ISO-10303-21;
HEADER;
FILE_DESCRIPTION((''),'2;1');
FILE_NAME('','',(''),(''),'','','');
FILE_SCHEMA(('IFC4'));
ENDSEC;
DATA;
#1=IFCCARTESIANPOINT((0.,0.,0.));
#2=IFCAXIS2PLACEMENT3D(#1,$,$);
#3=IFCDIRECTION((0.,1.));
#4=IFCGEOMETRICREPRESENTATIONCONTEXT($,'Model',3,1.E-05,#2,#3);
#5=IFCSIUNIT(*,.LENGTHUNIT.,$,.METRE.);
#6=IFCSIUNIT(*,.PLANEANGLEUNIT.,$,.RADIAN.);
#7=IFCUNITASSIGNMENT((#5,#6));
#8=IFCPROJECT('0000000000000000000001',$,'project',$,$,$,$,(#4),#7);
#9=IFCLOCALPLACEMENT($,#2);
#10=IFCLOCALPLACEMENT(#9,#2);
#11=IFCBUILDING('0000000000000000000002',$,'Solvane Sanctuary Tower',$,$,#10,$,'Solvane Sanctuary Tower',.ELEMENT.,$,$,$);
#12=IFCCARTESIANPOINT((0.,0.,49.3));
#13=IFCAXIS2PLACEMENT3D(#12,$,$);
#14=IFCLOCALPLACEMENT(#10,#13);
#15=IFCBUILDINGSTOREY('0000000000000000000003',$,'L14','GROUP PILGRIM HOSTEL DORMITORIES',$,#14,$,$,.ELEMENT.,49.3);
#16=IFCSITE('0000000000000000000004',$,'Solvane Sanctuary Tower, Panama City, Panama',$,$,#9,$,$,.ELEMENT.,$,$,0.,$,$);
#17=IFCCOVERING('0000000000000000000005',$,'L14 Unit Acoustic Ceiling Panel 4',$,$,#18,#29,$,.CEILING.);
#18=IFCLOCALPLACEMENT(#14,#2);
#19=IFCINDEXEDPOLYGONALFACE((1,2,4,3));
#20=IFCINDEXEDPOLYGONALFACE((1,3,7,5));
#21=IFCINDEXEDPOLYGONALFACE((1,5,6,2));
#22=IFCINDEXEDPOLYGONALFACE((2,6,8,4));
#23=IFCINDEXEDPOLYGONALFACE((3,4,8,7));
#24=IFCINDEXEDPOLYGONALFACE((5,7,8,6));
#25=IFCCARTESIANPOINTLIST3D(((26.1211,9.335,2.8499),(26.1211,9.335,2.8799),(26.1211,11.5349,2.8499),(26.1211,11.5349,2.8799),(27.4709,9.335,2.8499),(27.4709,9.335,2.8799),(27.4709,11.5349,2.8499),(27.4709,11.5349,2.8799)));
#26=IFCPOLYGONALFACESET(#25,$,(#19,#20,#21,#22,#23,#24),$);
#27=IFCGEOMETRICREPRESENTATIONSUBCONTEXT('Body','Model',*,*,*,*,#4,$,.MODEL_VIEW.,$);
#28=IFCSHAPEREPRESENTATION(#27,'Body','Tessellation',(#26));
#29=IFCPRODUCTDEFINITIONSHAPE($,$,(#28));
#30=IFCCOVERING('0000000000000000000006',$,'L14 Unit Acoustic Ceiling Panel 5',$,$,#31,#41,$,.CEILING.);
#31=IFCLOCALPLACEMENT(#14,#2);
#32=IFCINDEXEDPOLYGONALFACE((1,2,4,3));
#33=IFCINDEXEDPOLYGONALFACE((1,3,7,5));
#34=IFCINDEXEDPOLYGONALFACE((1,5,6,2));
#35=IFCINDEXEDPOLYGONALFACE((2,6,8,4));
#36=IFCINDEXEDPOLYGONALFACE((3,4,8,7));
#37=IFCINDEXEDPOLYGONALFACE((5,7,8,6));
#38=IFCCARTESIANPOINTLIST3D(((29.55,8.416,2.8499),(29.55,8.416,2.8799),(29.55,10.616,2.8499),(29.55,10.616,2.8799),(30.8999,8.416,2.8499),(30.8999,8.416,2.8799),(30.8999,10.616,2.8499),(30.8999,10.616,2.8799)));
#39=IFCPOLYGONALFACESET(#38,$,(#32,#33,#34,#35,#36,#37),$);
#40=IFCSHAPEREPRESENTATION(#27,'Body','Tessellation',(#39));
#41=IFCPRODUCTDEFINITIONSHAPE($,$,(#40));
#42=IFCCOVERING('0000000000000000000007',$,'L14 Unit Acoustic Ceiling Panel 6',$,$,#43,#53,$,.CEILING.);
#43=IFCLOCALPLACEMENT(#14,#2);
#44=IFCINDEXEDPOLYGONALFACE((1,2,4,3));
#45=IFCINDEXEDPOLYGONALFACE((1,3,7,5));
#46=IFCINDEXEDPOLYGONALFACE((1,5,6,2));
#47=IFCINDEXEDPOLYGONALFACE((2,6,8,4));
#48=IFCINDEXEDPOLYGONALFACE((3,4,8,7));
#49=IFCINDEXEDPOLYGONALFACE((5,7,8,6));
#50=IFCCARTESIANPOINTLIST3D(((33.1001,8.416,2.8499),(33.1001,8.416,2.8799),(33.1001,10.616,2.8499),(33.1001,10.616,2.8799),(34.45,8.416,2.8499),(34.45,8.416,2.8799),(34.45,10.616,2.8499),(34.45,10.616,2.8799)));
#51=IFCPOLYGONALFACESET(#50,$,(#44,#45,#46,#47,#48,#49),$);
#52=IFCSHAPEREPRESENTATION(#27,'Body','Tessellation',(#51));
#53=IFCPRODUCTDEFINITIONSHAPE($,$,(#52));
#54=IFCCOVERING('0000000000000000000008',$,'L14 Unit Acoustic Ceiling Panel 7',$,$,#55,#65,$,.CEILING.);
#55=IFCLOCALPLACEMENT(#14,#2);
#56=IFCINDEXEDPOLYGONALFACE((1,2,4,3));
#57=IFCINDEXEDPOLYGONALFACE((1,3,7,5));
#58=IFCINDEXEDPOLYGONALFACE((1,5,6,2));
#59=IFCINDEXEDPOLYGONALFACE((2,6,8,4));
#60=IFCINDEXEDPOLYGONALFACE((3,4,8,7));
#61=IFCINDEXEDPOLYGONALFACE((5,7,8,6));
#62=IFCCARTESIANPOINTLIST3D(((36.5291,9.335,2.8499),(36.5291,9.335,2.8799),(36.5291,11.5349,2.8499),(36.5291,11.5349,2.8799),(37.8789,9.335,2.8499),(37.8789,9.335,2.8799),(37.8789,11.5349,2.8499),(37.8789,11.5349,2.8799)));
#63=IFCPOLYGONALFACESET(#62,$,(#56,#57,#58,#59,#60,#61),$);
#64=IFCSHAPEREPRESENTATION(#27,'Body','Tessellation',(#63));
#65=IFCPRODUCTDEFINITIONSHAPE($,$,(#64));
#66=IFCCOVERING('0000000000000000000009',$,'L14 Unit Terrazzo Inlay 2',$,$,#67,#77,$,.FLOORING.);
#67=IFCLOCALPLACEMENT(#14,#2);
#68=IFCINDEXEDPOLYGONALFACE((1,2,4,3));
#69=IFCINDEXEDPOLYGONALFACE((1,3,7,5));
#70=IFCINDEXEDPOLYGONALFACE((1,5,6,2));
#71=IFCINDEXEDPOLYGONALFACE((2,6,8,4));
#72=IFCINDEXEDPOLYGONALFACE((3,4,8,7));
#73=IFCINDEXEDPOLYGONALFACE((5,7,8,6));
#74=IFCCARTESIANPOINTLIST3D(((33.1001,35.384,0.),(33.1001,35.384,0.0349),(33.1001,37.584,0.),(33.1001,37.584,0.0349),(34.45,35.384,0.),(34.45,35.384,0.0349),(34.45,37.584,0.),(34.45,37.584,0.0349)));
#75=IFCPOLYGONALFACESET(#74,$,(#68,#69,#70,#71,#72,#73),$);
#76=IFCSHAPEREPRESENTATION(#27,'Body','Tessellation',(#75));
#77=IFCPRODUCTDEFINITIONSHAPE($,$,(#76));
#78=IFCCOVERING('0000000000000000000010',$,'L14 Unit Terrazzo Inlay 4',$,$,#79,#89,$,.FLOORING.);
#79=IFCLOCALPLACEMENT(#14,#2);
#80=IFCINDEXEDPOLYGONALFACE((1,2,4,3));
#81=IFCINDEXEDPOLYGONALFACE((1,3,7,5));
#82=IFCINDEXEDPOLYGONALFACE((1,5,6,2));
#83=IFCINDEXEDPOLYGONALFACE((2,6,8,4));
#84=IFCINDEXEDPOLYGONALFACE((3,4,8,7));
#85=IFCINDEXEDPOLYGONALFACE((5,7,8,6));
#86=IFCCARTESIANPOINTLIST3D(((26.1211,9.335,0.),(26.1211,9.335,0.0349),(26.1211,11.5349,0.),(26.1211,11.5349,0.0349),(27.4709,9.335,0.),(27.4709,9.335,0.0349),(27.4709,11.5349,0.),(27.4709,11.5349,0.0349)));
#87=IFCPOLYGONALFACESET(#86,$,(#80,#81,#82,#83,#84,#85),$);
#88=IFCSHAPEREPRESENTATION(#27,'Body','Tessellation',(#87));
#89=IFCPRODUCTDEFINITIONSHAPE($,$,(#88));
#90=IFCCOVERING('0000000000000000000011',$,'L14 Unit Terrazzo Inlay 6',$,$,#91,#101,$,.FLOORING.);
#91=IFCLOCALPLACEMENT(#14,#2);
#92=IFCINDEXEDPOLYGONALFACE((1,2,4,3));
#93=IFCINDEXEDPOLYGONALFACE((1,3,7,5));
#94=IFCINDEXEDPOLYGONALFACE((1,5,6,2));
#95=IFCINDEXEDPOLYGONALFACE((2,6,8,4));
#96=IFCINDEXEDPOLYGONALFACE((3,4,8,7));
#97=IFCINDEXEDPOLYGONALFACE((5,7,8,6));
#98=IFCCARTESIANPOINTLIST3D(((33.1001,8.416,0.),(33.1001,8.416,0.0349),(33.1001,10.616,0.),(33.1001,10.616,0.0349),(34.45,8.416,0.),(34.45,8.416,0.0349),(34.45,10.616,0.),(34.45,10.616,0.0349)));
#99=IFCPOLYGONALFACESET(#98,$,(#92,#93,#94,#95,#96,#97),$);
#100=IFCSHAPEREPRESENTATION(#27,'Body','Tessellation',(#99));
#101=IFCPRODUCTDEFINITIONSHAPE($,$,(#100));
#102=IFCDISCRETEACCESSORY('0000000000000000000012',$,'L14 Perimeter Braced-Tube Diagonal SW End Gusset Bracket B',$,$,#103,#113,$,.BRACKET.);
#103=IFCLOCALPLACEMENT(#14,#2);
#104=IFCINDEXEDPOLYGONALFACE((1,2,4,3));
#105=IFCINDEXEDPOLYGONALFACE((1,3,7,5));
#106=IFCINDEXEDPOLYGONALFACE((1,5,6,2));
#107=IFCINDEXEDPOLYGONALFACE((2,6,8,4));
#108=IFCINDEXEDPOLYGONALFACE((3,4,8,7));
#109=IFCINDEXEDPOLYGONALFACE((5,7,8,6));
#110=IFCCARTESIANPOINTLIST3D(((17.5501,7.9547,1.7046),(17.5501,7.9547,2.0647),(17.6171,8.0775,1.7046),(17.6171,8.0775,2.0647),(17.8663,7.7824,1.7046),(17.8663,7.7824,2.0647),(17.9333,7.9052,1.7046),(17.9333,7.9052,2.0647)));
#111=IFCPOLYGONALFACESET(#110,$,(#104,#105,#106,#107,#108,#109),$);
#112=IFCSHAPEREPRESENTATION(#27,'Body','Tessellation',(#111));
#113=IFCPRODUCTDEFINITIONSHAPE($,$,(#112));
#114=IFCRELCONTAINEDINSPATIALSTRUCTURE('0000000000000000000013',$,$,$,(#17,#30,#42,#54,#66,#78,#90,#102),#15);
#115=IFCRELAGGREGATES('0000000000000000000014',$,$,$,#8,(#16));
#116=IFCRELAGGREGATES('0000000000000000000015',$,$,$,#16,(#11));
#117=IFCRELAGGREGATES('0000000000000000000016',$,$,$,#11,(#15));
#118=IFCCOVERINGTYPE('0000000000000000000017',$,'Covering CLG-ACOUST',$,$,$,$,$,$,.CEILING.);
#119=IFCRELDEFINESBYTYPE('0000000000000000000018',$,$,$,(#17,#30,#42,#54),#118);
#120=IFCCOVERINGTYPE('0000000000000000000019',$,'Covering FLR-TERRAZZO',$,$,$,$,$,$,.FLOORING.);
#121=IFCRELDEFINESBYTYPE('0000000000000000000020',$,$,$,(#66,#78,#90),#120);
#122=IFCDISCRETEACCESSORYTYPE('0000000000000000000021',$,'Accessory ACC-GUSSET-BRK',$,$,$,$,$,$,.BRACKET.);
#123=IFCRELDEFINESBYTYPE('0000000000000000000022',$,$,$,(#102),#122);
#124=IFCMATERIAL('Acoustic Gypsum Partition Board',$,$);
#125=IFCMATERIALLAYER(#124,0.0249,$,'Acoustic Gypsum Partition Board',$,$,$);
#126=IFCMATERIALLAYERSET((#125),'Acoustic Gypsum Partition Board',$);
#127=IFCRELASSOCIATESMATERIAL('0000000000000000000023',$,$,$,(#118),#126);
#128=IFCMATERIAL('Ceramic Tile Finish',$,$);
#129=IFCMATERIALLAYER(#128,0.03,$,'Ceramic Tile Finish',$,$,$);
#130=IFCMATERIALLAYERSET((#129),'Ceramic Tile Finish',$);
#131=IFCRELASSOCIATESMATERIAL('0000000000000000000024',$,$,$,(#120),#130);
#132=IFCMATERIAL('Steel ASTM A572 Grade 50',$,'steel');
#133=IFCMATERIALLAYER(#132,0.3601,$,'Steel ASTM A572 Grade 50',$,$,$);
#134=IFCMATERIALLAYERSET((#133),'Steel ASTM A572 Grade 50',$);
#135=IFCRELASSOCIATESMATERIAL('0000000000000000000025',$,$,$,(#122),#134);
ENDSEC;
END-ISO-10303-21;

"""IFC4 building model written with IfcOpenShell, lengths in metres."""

from ifc_helpers import new_model, si_unit, direction, frame, origin, origin_2d, place, context, subcontext, project, spatial, polyline, rectangle, outline, extrude, material, layer, layer_set, type_object, element, save


model = new_model("IFC4")

# Units and contexts
model_context = context("Model", 3, precision=1e-05, world=origin(), true_north=direction((0.0, 1.0)))
body_context = subcontext(model_context, "Body", "Model", "MODEL_VIEW")
ifc_project = project(units=[si_unit("LENGTHUNIT", "METRE"), si_unit("PLANEANGLEUNIT", "RADIAN")], contexts=[model_context])

# Site, building, storey
site_placement = place(None, origin())
site = spatial("IfcSite", under=ifc_project, at=site_placement, Name="Solvane Sanctuary Tower, Panama City, Panama", CompositionType="ELEMENT", RefElevation=0.0)
building_placement = place(site_placement, origin())
building = spatial("IfcBuilding", under=site, at=building_placement, Name="Solvane Sanctuary Tower", LongName="Solvane Sanctuary Tower", CompositionType="ELEMENT")
storey_placement = place(building_placement, frame((0.0, 0.0, 49.3)))
storey = spatial("IfcBuildingStorey", under=building, at=storey_placement, Name="L14", Description="GROUP PILGRIM HOSTEL DORMITORIES", CompositionType="ELEMENT", Elevation=49.3)

# Coverings
ifc_material_1 = material(Name="Acoustic Gypsum Partition Board")
ifc_layer_1 = layer(ifc_material_1, 0.0249, Name="Acoustic Gypsum Partition Board")
ifc_layer_set_1 = layer_set([ifc_layer_1], Name="Acoustic Gypsum Partition Board")
covering_type_1 = type_object("IfcCoveringType", Name="Covering CLG-ACOUST", PredefinedType="CEILING", material=ifc_layer_set_1)
covering_1_placement = place(storey_placement, frame((0.0, 0.0, 2.8499)))
element("IfcCovering", 1, at=covering_1_placement, inside=storey, type_object=covering_type_1, Name="L14 Unit Acoustic Ceiling Panel 4", PredefinedType="CEILING", context=body_context, shape_type="SweptSolid", body=[
    extrude(outline(polyline([(26.1211, 9.335), (27.4709, 9.335), (27.4709, 11.5349), (26.1211, 11.5349), (26.1211, 9.335)])), origin(), (0.0, 0.0, 1.0), 0.03),
])
covering_2_placement = place(storey_placement, frame((0.0, 0.0, 2.8499)))
element("IfcCovering", 2, at=covering_2_placement, inside=storey, type_object=covering_type_1, Name="L14 Unit Acoustic Ceiling Panel 5", PredefinedType="CEILING", context=body_context, shape_type="SweptSolid", body=[
    extrude(outline(polyline([(29.55, 8.416), (30.8999, 8.416), (30.8999, 10.616), (29.55, 10.616), (29.55, 8.416)])), origin(), (0.0, 0.0, 1.0), 0.03),
])
covering_3_placement = place(storey_placement, frame((0.0, 0.0, 2.8499)))
element("IfcCovering", 3, at=covering_3_placement, inside=storey, type_object=covering_type_1, Name="L14 Unit Acoustic Ceiling Panel 6", PredefinedType="CEILING", context=body_context, shape_type="SweptSolid", body=[
    extrude(outline(polyline([(33.1001, 8.416), (34.45, 8.416), (34.45, 10.616), (33.1001, 10.616), (33.1001, 8.416)])), origin(), (0.0, 0.0, 1.0), 0.03),
])
covering_4_placement = place(storey_placement, frame((0.0, 0.0, 2.8499)))
element("IfcCovering", 4, at=covering_4_placement, inside=storey, type_object=covering_type_1, Name="L14 Unit Acoustic Ceiling Panel 7", PredefinedType="CEILING", context=body_context, shape_type="SweptSolid", body=[
    extrude(outline(polyline([(36.5291, 9.335), (37.8789, 9.335), (37.8789, 11.5349), (36.5291, 11.5349), (36.5291, 9.335)])), origin(), (0.0, 0.0, 1.0), 0.03),
])
ifc_material_2 = material(Name="Ceramic Tile Finish")
ifc_layer_2 = layer(ifc_material_2, 0.03, Name="Ceramic Tile Finish")
ifc_layer_set_2 = layer_set([ifc_layer_2], Name="Ceramic Tile Finish")
covering_type_2 = type_object("IfcCoveringType", Name="Covering FLR-TERRAZZO", PredefinedType="FLOORING", material=ifc_layer_set_2)
covering_5_placement = place(storey_placement, origin())
element("IfcCovering", 5, at=covering_5_placement, inside=storey, type_object=covering_type_2, Name="L14 Unit Terrazzo Inlay 2", PredefinedType="FLOORING", context=body_context, shape_type="SweptSolid", body=[
    extrude(outline(polyline([(33.1001, 35.384), (34.45, 35.384), (34.45, 37.584), (33.1001, 37.584), (33.1001, 35.384)])), origin(), (0.0, 0.0, 1.0), 0.0349),
])
covering_6_placement = place(storey_placement, origin())
element("IfcCovering", 6, at=covering_6_placement, inside=storey, type_object=covering_type_2, Name="L14 Unit Terrazzo Inlay 4", PredefinedType="FLOORING", context=body_context, shape_type="SweptSolid", body=[
    extrude(outline(polyline([(26.1211, 9.335), (27.4709, 9.335), (27.4709, 11.5349), (26.1211, 11.5349), (26.1211, 9.335)])), origin(), (0.0, 0.0, 1.0), 0.0349),
])
covering_7_placement = place(storey_placement, origin())
element("IfcCovering", 7, at=covering_7_placement, inside=storey, type_object=covering_type_2, Name="L14 Unit Terrazzo Inlay 6", PredefinedType="FLOORING", context=body_context, shape_type="SweptSolid", body=[
    extrude(outline(polyline([(33.1001, 8.416), (34.45, 8.416), (34.45, 10.616), (33.1001, 10.616), (33.1001, 8.416)])), origin(), (0.0, 0.0, 1.0), 0.0349),
])

# Discrete accessory
ifc_material_3 = material(Name="Steel ASTM A572 Grade 50", Category="steel")
ifc_layer_3 = layer(ifc_material_3, 0.3601, Name="Steel ASTM A572 Grade 50")
ifc_layer_set_3 = layer_set([ifc_layer_3], Name="Steel ASTM A572 Grade 50")
discrete_accessory_type = type_object("IfcDiscreteAccessoryType", Name="Accessory ACC-GUSSET-BRK", PredefinedType="BRACKET", material=ifc_layer_set_3)
discrete_accessory_placement = place(storey_placement, frame((17.7417, 7.9299, 1.7046), z_axis=(0.0, 0.0, 1.0), x_axis=(0.878067, -0.478539, 0.0)))
element("IfcDiscreteAccessory", 8, at=discrete_accessory_placement, inside=storey, type_object=discrete_accessory_type, Name="L14 Perimeter Braced-Tube Diagonal SW End Gusset Bracket B", PredefinedType="BRACKET", context=body_context, shape_type="SweptSolid", body=[
    extrude(rectangle(XDim=0.3601, YDim=0.1399, at=origin_2d()), origin(), (0.0, 0.0, 1.0), 0.3601),
])

save(model, "model.ifc")
